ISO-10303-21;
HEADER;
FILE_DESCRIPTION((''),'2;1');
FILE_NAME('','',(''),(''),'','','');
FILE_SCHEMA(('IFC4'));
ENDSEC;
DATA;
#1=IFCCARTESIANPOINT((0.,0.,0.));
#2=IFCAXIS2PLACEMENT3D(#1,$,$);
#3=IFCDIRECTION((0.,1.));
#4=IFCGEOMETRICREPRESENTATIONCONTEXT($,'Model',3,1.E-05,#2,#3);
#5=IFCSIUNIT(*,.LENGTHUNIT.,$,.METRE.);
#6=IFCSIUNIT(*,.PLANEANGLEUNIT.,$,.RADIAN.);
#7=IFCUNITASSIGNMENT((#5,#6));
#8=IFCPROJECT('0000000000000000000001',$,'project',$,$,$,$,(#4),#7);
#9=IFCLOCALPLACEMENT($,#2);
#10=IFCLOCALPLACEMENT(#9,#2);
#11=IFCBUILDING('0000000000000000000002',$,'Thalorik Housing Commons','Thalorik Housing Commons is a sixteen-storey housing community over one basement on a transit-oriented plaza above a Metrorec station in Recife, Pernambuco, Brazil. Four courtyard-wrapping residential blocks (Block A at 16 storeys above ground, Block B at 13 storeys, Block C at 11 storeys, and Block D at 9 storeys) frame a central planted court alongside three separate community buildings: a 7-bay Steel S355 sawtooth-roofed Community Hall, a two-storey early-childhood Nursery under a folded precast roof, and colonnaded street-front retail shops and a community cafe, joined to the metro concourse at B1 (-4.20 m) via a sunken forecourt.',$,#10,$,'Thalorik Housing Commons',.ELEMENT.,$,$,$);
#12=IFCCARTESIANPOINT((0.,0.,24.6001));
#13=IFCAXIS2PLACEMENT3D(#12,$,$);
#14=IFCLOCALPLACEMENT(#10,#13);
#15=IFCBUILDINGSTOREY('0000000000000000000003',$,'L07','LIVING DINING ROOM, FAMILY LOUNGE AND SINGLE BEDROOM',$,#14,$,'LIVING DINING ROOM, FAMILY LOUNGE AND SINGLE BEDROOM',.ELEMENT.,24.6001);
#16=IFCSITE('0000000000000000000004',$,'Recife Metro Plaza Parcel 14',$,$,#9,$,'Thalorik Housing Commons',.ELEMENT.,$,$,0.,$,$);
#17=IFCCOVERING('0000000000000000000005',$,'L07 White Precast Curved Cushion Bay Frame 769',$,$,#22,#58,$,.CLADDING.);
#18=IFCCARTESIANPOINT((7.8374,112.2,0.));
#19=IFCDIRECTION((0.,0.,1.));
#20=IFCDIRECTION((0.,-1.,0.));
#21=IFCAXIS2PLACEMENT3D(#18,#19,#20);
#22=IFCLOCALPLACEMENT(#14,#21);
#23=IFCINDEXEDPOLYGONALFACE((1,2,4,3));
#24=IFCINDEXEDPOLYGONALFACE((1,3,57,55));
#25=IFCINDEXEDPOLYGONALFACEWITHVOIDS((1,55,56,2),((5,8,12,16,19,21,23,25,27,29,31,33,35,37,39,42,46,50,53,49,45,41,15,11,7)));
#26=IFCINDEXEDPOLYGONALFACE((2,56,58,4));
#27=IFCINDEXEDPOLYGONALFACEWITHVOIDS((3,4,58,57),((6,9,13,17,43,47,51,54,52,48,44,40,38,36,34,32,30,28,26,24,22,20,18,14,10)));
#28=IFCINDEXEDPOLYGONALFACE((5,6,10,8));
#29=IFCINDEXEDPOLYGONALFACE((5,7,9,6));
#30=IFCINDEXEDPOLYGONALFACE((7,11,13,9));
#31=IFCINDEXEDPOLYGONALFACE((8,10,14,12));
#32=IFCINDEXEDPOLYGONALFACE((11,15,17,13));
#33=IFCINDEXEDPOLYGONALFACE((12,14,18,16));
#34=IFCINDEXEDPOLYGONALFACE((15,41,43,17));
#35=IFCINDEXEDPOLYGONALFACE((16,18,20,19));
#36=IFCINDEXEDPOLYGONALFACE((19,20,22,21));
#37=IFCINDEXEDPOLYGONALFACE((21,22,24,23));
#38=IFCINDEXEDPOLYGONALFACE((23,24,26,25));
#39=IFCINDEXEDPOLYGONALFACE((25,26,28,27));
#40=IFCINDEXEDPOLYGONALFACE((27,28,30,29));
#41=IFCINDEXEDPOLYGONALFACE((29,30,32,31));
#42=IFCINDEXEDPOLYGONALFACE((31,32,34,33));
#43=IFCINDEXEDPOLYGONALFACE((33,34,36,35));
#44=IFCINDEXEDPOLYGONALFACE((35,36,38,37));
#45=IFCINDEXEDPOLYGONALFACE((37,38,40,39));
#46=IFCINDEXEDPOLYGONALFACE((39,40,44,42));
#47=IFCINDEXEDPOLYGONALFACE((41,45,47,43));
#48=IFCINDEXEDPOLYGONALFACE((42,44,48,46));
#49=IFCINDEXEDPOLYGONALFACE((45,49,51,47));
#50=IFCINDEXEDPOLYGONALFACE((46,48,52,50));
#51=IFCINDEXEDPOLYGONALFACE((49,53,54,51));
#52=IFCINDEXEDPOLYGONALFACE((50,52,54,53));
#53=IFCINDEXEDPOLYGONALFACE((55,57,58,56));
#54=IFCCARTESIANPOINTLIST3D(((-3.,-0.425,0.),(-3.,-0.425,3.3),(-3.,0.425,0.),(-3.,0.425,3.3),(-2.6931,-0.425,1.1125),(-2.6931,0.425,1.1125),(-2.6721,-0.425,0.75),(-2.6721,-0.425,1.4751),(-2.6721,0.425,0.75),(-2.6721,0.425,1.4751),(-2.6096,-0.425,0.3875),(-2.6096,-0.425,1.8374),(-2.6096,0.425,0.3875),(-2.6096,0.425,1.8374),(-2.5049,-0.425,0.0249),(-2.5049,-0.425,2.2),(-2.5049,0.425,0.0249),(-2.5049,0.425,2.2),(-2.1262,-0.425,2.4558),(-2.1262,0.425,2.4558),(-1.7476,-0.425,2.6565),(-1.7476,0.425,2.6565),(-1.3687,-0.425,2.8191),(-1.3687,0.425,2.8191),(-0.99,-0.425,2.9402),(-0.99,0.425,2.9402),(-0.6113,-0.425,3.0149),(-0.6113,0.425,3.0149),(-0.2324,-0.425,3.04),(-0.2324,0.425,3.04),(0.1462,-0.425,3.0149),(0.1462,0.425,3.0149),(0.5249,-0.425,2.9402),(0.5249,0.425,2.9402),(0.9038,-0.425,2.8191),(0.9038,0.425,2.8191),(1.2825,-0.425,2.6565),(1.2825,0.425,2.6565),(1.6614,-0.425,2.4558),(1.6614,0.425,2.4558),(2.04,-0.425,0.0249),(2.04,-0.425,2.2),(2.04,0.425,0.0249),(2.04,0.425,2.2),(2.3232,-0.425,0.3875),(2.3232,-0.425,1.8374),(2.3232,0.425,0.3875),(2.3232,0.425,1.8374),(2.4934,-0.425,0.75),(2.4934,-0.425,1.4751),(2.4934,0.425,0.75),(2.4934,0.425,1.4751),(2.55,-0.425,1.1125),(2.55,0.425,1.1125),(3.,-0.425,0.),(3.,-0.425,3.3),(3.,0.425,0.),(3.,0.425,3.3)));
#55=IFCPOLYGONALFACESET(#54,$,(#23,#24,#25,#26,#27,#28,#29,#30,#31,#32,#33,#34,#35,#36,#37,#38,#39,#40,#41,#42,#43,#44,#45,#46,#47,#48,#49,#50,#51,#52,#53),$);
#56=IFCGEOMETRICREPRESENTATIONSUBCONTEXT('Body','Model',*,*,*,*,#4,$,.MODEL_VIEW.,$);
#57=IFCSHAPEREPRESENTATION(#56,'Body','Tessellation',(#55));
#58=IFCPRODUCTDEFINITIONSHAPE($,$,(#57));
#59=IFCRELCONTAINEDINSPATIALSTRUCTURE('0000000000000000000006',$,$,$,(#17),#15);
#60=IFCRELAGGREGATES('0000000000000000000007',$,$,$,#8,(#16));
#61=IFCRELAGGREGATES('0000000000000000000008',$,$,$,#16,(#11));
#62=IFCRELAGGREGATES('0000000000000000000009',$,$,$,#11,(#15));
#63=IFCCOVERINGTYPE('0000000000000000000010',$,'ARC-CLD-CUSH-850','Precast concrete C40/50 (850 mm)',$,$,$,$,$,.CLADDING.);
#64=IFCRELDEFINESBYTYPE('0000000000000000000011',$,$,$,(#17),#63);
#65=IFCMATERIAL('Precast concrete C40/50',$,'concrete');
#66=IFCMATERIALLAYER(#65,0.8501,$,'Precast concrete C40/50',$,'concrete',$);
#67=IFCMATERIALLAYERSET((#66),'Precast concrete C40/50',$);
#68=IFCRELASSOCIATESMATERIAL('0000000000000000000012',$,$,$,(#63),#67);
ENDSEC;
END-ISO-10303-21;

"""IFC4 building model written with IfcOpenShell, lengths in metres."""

from ifc_helpers import new_model, si_unit, direction, frame, origin, place, context, subcontext, project, spatial, polyline, outline, extrude, material, layer, layer_set, type_object, element, save


model = new_model("IFC4")

# Units and contexts
model_context = context("Model", 3, precision=1e-05, world=origin(), true_north=direction((0.0, 1.0)))
body_context = subcontext(model_context, "Body", "Model", "MODEL_VIEW")
ifc_project = project(units=[si_unit("LENGTHUNIT", "METRE"), si_unit("PLANEANGLEUNIT", "RADIAN")], contexts=[model_context])

# Site, building, storey
site_placement = place(None, origin())
site = spatial("IfcSite", under=ifc_project, at=site_placement, Name="Recife Metro Plaza Parcel 14", LongName="Thalorik Housing Commons", CompositionType="ELEMENT", RefElevation=0.0)
building_placement = place(site_placement, origin())
building = spatial("IfcBuilding", under=site, at=building_placement, Name="Thalorik Housing Commons", Description="Thalorik Housing Commons is a sixteen-storey housing community over one basement on a transit-oriented plaza above a Metrorec station in Recife, Pernambuco, Brazil. Four courtyard-wrapping residential blocks (Block A at 16 storeys above ground, Block B at 13 storeys, Block C at 11 storeys, and Block D at 9 storeys) frame a central planted court alongside three separate community buildings: a 7-bay Steel S355 sawtooth-roofed Community Hall, a two-storey early-childhood Nursery under a folded precast roof, and colonnaded street-front retail shops and a community cafe, joined to the metro concourse at B1 (-4.20 m) via a sunken forecourt.", LongName="Thalorik Housing Commons", CompositionType="ELEMENT")
storey_placement = place(building_placement, frame((0.0, 0.0, 24.6001)))
storey = spatial("IfcBuildingStorey", under=building, at=storey_placement, Name="L07", Description="LIVING DINING ROOM, FAMILY LOUNGE AND SINGLE BEDROOM", LongName="LIVING DINING ROOM, FAMILY LOUNGE AND SINGLE BEDROOM", CompositionType="ELEMENT", Elevation=24.6001)

# Shared definitions
ifc_material_1 = material(Name="Precast concrete C40/50", Category="concrete")

# Covering
ifc_layer_1 = layer(ifc_material_1, 0.8501, Name="Precast concrete C40/50", Category="concrete")
ifc_layer_set_1 = layer_set([ifc_layer_1], Name="Precast concrete C40/50")
covering_type = type_object("IfcCoveringType", Name="ARC-CLD-CUSH-850", Description="Precast concrete C40/50 (850 mm)", PredefinedType="CLADDING", material=ifc_layer_set_1)
covering_placement = place(storey_placement, frame((7.8374, 112.2, 0.0), z_axis=(0.0, 0.0, 1.0), x_axis=(0.0, -1.0, 0.0)))
element("IfcCovering", 1, at=covering_placement, inside=storey, type_object=covering_type, Name="L07 White Precast Curved Cushion Bay Frame 769", PredefinedType="CLADDING", context=body_context, shape_type="SweptSolid", body=[
    extrude(outline(polyline([(-3.0, 0.0), (3.0, 0.0), (3.0, 3.3), (-3.0, 3.3), (-3.0, 0.0)]), holes=[polyline([(2.04, 0.0249), (2.3232, 0.3875), (2.4934, 0.75), (2.55, 1.1125), (2.4934, 1.4751), (2.3232, 1.8374), (2.04, 2.2), (1.6614, 2.4558), (1.2825, 2.6565), (0.9038, 2.8191), (0.5249, 2.9402), (0.1462, 3.0149), (-0.2324, 3.04), (-0.6113, 3.0149), (-0.99, 2.9402), (-1.3687, 2.8191), (-1.7476, 2.6565), (-2.1262, 2.4558), (-2.5049, 2.2), (-2.6096, 1.8374), (-2.6721, 1.4751), (-2.6931, 1.1125), (-2.6721, 0.75), (-2.6096, 0.3875), (-2.5049, 0.0249), (2.04, 0.0249)])]), frame((0.0, 0.425, 0.0), z_axis=(0.0, -1.0, 0.0), x_axis=(1.0, 0.0, 0.0)), (0.0, 0.0, 1.0), 0.8501),
])

save(model, "model.ifc")
